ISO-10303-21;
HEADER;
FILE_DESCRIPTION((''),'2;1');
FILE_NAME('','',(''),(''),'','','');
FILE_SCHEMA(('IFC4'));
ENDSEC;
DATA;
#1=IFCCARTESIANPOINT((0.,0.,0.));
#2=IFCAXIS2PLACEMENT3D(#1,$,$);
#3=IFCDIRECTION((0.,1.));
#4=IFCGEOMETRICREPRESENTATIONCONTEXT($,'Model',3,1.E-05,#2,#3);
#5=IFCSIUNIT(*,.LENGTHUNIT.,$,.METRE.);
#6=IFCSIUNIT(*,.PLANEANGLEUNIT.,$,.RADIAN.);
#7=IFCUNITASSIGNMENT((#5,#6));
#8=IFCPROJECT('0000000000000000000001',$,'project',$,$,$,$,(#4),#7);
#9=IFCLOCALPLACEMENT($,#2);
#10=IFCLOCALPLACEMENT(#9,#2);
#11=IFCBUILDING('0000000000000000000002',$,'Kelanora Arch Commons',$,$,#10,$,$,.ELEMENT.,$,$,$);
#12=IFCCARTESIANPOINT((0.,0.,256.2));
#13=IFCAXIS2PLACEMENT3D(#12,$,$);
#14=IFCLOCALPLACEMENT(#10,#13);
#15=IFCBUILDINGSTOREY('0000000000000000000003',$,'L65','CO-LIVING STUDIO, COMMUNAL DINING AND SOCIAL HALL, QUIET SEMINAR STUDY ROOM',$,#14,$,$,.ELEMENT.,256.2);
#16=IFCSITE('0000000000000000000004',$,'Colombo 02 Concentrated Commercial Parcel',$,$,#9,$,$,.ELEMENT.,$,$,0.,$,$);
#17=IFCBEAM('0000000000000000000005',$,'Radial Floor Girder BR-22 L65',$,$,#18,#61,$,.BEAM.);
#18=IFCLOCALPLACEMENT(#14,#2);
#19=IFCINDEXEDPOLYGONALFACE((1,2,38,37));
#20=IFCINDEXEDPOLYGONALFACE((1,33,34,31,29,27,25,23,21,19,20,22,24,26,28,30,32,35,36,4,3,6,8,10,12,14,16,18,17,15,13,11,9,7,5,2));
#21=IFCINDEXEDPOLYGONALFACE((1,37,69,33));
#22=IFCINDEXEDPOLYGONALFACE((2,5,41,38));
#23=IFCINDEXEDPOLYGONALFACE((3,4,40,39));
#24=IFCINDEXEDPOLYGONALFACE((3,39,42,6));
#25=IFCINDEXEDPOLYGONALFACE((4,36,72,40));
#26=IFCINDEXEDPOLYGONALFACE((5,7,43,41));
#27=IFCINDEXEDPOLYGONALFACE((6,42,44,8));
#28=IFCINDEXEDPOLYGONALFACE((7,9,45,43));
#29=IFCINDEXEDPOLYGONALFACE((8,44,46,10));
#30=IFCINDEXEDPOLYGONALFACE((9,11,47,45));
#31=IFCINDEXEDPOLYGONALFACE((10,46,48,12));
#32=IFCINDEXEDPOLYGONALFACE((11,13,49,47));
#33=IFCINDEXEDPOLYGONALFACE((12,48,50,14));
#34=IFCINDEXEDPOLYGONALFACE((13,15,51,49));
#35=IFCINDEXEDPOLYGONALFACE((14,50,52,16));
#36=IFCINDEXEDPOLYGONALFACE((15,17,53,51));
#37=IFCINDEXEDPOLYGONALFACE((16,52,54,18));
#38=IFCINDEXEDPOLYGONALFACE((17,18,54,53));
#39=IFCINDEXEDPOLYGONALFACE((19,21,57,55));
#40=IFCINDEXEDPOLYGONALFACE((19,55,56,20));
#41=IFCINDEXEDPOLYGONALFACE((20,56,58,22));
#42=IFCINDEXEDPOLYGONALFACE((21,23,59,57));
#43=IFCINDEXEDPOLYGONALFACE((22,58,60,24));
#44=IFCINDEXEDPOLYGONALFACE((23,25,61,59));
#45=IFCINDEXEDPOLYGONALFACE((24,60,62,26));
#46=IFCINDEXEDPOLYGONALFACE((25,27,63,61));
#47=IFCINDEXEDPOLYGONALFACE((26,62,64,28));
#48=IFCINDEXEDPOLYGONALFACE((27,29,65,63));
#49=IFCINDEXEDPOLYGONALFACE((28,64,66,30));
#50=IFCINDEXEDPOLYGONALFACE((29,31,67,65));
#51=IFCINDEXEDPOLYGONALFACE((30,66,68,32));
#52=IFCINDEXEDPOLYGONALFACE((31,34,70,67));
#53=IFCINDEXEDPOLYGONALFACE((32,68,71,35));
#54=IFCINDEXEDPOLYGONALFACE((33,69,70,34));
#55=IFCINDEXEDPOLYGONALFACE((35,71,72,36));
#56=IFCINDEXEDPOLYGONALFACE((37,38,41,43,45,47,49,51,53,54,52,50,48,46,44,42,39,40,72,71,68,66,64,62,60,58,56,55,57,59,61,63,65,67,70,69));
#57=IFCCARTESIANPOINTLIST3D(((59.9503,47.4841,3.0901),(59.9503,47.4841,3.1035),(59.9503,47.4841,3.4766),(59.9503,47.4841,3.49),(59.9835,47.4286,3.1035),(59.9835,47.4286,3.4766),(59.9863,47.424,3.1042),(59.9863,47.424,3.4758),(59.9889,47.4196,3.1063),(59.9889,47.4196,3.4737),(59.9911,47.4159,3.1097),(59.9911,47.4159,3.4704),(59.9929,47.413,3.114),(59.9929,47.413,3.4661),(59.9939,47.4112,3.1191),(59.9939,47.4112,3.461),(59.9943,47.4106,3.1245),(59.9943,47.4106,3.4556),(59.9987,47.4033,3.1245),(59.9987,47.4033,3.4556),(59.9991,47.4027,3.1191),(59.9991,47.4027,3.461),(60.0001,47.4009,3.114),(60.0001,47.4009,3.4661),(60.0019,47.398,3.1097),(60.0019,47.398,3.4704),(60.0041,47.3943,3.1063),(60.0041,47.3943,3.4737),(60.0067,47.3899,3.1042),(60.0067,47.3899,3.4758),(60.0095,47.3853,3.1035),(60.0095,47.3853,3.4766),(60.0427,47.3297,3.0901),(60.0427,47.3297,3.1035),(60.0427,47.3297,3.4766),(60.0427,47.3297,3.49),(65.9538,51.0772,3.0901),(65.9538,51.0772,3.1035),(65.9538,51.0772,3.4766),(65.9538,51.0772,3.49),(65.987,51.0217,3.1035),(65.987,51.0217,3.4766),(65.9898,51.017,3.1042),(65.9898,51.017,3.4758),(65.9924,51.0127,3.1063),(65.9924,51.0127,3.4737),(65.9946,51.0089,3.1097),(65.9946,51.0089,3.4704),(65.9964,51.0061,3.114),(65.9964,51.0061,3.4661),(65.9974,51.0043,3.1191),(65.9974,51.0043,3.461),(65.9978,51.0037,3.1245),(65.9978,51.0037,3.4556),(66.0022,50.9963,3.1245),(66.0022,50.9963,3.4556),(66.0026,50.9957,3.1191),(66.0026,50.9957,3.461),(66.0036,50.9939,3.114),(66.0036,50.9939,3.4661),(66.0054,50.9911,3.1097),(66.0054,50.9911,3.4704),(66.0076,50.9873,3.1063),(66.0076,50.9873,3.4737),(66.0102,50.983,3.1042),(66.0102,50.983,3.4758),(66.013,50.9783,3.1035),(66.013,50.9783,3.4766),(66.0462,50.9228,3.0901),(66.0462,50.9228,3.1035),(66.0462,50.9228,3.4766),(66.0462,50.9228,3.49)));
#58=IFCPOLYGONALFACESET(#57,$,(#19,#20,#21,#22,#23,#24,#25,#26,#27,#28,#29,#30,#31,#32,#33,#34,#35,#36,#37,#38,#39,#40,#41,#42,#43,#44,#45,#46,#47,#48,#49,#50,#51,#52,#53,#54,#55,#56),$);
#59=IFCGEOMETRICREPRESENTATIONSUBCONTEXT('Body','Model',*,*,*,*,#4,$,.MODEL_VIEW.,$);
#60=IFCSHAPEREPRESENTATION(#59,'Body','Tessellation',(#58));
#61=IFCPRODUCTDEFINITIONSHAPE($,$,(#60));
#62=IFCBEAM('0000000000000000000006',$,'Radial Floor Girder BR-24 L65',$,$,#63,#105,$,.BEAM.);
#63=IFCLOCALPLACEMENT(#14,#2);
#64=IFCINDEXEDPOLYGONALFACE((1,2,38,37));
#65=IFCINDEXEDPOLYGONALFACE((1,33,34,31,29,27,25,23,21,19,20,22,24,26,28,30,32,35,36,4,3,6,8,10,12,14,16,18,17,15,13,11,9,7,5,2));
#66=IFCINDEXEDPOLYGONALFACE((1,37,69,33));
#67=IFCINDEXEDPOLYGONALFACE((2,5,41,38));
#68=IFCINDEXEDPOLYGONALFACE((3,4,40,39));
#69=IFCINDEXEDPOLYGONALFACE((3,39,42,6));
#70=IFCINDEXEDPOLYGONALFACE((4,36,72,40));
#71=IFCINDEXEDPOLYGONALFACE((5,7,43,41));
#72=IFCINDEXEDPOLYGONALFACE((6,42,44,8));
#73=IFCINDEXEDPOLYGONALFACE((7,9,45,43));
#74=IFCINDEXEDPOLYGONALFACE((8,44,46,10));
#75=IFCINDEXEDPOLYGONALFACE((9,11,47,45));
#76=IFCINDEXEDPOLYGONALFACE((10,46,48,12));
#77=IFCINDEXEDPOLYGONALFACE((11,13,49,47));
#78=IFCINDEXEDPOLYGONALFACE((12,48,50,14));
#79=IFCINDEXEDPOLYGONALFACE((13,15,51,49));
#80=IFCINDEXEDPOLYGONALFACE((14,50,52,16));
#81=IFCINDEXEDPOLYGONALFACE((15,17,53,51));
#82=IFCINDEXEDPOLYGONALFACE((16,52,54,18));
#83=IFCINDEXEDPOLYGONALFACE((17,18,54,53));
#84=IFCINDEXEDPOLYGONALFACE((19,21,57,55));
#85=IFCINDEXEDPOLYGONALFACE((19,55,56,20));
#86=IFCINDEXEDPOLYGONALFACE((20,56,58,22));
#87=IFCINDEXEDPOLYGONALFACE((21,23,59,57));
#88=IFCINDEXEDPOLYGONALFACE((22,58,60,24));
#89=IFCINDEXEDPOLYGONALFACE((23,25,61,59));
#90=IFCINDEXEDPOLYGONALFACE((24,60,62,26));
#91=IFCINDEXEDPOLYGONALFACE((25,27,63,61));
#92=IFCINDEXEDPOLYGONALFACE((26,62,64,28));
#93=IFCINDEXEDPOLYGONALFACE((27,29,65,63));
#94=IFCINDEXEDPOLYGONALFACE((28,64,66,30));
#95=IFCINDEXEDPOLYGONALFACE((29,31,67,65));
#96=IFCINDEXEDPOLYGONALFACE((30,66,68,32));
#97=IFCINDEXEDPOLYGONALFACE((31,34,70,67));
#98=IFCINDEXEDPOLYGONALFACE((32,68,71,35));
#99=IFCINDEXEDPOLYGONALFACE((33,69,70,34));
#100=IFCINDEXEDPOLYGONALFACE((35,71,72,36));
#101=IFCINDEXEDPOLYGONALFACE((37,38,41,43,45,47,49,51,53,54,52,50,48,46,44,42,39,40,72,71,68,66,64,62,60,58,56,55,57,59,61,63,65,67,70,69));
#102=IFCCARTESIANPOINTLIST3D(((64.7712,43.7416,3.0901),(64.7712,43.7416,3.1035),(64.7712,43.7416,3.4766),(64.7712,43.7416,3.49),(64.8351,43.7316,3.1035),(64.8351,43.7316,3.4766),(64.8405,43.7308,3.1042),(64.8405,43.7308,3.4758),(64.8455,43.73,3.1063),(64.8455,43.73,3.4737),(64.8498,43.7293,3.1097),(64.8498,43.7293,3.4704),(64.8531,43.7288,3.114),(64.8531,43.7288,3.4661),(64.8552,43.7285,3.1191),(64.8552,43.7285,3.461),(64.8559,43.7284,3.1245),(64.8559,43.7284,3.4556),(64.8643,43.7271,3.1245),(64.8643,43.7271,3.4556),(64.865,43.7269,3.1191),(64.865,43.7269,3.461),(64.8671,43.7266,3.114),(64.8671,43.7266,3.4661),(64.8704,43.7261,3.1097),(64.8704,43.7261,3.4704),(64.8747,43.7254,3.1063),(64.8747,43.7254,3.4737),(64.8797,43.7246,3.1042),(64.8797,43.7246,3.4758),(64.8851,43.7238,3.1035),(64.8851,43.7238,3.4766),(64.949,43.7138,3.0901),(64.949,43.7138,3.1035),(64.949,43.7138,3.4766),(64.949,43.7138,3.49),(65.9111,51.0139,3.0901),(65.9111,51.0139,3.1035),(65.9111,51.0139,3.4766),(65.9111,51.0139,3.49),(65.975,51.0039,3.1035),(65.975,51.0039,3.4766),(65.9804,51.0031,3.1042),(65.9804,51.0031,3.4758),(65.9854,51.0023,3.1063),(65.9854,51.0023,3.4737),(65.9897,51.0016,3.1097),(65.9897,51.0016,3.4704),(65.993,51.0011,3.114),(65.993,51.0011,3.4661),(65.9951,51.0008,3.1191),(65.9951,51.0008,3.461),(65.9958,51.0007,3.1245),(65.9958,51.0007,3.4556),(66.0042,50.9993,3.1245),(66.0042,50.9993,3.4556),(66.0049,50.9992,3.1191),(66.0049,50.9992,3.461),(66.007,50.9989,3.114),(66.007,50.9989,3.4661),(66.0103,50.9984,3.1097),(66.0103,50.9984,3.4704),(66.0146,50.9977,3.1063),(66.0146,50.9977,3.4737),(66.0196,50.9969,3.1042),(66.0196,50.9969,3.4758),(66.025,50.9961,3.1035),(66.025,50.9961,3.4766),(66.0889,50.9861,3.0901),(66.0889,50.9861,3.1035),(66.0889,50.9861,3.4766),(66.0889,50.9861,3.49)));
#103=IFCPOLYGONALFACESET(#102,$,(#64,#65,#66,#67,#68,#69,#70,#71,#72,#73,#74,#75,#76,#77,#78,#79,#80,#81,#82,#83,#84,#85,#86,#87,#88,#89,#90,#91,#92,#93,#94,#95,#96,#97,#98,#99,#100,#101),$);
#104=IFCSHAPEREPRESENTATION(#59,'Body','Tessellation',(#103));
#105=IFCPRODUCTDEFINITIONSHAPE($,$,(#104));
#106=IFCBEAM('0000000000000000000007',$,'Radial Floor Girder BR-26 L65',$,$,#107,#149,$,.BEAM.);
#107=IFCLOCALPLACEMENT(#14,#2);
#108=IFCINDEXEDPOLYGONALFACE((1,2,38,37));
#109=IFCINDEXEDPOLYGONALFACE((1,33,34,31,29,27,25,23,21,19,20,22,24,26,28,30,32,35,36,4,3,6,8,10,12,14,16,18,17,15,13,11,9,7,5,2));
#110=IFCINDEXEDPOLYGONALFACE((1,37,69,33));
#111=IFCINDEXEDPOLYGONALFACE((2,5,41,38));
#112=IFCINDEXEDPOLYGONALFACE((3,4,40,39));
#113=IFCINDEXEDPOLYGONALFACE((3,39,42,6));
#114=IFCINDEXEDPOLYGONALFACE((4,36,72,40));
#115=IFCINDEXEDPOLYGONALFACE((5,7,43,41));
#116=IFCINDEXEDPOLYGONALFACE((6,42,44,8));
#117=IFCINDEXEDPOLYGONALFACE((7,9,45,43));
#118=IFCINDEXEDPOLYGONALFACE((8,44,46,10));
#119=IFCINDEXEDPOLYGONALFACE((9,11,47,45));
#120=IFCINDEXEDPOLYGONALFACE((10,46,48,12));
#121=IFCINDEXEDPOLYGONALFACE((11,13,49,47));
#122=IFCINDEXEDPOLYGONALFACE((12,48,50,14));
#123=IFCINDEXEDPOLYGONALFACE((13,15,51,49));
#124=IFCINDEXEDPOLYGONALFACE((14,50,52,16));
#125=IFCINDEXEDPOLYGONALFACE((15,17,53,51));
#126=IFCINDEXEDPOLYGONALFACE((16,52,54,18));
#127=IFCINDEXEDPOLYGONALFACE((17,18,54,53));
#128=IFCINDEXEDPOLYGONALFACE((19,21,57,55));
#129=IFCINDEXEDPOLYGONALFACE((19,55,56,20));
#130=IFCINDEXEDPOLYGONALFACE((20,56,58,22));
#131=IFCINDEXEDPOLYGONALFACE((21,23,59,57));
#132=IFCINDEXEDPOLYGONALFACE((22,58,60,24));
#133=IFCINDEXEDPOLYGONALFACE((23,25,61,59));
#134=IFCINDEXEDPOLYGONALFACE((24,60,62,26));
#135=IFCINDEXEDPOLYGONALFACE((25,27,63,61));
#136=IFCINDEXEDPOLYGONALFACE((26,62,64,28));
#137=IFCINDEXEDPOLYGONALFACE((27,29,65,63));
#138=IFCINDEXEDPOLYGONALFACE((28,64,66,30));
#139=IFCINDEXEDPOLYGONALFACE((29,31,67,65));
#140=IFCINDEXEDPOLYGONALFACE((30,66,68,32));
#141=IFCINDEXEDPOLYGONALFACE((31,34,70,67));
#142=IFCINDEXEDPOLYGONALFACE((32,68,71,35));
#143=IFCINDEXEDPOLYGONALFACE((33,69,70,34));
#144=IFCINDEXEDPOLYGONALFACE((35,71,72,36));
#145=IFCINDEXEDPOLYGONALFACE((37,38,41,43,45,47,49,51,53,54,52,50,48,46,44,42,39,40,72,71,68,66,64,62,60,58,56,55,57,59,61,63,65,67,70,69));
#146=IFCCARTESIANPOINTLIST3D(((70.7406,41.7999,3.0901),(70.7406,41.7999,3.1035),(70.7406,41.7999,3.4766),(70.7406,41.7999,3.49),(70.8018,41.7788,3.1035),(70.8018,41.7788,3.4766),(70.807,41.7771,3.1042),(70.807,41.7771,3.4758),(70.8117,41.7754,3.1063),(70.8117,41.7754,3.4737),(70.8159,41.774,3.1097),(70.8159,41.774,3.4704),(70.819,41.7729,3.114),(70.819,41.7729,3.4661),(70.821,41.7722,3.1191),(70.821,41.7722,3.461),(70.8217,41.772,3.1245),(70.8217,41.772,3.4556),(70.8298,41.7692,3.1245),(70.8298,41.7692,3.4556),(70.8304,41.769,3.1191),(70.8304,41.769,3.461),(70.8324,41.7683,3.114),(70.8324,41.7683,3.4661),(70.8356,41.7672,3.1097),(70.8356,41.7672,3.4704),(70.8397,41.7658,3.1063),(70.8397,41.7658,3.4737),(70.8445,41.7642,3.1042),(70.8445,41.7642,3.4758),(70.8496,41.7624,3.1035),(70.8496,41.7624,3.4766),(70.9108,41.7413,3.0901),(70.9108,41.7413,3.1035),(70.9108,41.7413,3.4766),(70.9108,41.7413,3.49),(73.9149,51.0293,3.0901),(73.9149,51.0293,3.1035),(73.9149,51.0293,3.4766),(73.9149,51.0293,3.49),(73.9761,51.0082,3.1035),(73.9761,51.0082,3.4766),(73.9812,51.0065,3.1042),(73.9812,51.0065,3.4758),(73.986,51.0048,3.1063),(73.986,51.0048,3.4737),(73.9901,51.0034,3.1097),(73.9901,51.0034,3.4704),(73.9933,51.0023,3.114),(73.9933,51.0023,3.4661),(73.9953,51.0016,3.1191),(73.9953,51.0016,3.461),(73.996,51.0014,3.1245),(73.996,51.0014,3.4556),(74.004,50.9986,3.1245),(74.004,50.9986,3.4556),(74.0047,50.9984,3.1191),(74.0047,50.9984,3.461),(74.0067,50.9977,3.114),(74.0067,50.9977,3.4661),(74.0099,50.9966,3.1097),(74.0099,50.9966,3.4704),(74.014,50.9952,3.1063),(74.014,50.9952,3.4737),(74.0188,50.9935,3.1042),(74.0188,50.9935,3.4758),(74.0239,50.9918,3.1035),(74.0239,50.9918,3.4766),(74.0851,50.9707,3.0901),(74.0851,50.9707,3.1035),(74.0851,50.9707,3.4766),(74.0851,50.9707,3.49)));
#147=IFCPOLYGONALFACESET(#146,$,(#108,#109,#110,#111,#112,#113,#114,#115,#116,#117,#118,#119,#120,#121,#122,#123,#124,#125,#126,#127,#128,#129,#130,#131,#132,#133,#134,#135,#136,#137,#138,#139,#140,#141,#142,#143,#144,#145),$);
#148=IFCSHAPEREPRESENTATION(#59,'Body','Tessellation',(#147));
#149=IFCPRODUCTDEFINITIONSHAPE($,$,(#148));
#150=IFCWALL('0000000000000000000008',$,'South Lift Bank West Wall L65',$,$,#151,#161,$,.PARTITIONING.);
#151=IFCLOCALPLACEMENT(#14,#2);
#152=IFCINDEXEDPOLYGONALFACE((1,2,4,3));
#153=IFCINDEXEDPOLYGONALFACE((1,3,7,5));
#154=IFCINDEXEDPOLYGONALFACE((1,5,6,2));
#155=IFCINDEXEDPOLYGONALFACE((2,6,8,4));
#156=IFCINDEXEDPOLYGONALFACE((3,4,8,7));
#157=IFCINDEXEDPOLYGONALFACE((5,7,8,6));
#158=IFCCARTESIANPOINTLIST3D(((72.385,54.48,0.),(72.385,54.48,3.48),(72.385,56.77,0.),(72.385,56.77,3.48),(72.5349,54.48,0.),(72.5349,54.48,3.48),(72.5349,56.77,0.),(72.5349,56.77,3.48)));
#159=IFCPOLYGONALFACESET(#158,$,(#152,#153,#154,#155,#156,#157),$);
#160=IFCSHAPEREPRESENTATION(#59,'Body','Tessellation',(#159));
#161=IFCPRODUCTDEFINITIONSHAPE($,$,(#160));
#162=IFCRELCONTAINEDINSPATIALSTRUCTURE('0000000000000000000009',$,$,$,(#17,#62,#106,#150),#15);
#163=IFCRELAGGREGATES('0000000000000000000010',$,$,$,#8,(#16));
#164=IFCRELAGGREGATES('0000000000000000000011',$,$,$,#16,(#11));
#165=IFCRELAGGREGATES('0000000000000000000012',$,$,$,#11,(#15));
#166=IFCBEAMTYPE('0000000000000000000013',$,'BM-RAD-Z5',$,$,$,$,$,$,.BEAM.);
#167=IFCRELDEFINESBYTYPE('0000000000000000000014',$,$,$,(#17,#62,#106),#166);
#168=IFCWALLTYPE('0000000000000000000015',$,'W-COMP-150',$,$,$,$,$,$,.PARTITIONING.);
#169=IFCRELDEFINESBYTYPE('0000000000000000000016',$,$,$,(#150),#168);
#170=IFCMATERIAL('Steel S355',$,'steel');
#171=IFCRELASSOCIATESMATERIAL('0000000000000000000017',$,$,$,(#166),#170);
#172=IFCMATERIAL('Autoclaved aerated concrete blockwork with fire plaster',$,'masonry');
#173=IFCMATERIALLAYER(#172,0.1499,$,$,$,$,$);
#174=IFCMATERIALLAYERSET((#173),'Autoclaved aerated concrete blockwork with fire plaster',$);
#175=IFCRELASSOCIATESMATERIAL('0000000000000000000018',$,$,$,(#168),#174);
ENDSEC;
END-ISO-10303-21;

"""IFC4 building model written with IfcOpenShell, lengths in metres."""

from ifc_helpers import new_model, si_unit, direction, frame, frame_2d, origin, origin_2d, place, context, subcontext, project, spatial, rectangle, i_section, extrude, material, layer, layer_set, material_profile, profile_set, type_object, element, save


model = new_model("IFC4")

# Units and contexts
model_context = context("Model", 3, precision=1e-05, world=origin(), true_north=direction((0.0, 1.0)))
body_context = subcontext(model_context, "Body", "Model", "MODEL_VIEW")
ifc_project = project(units=[si_unit("LENGTHUNIT", "METRE"), si_unit("PLANEANGLEUNIT", "RADIAN")], contexts=[model_context])

# Site, building, storey
site_placement = place(None, origin())
site = spatial("IfcSite", under=ifc_project, at=site_placement, Name="Colombo 02 Concentrated Commercial Parcel", CompositionType="ELEMENT", RefElevation=0.0)
building_placement = place(site_placement, origin())
building = spatial("IfcBuilding", under=site, at=building_placement, Name="Kelanora Arch Commons", CompositionType="ELEMENT")
storey_placement = place(building_placement, frame((0.0, 0.0, 256.2)))
storey = spatial("IfcBuildingStorey", under=building, at=storey_placement, Name="L65", Description="CO-LIVING STUDIO, COMMUNAL DINING AND SOCIAL HALL, QUIET SEMINAR STUDY ROOM", CompositionType="ELEMENT", Elevation=256.2)

# Beams
ifc_material_1 = material(Name="Steel S355", Category="steel")
ifc_material_profile_1 = material_profile(ifc_material_1, i_section(OverallWidth=0.1799, OverallDepth=0.3999, WebThickness=0.0085, FlangeThickness=0.0134, FilletRadius=0.021, at=origin_2d()), Name="IPE400")
ifc_profile_set_1 = profile_set([ifc_material_profile_1], Name="Steel S355")
beam_type_1 = type_object("IfcBeamType", Name="BM-RAD-Z5", PredefinedType="BEAM", material=ifc_profile_set_1)
beam_1_placement = place(storey_placement, frame((66.0, 51.0, 3.29), z_axis=(-0.858062, -0.513546, 0.0), x_axis=(0.513546, -0.858062, 0.0)))
element("IfcBeam", 1, at=beam_1_placement, inside=storey, type_object=beam_type_1, Name="Radial Floor Girder BR-22 L65", PredefinedType="BEAM", context=body_context, shape_type="SweptSolid", body=[
    extrude(i_section(OverallWidth=0.1799, OverallDepth=0.3999, WebThickness=0.0085, FlangeThickness=0.0134, FilletRadius=0.021, at=origin_2d()), origin(), (0.0, 0.0, 1.0), 6.9966),
])
beam_2_placement = place(storey_placement, frame((66.0, 51.0, 3.29), z_axis=(-0.154855, -0.987937, 0.0), x_axis=(0.987937, -0.154855, 0.0)))
element("IfcBeam", 2, at=beam_2_placement, inside=storey, type_object=beam_type_1, Name="Radial Floor Girder BR-24 L65", PredefinedType="BEAM", context=body_context, shape_type="SweptSolid", body=[
    extrude(i_section(OverallWidth=0.1799, OverallDepth=0.3999, WebThickness=0.0085, FlangeThickness=0.0134, FilletRadius=0.021, at=origin_2d()), origin(), (0.0, 0.0, 1.0), 7.3611),
])
beam_3_placement = place(storey_placement, frame((74.0, 51.0, 3.29), z_axis=(-0.325234, -0.945634, 0.0), x_axis=(0.945634, -0.325234, 0.0)))
element("IfcBeam", 3, at=beam_3_placement, inside=storey, type_object=beam_type_1, Name="Radial Floor Girder BR-26 L65", PredefinedType="BEAM", context=body_context, shape_type="SweptSolid", body=[
    extrude(i_section(OverallWidth=0.1799, OverallDepth=0.3999, WebThickness=0.0085, FlangeThickness=0.0134, FilletRadius=0.021, at=origin_2d()), origin(), (0.0, 0.0, 1.0), 9.76),
])

# Wall
ifc_material_2 = material(Name="Autoclaved aerated concrete blockwork with fire plaster", Category="masonry")
ifc_layer_1 = layer(ifc_material_2, 0.1499)
ifc_layer_set_1 = layer_set([ifc_layer_1], Name="Autoclaved aerated concrete blockwork with fire plaster")
wall_type_1 = type_object("IfcWallType", Name="W-COMP-150", PredefinedType="PARTITIONING", material=ifc_layer_set_1)
wall_1_placement = place(storey_placement, frame((72.46, 54.48, 0.0), z_axis=(0.0, 0.0, 1.0), x_axis=(0.0, 1.0, 0.0)))
element("IfcWall", 4, at=wall_1_placement, inside=storey, type_object=wall_type_1, Name="South Lift Bank West Wall L65", PredefinedType="PARTITIONING", context=body_context, shape_type="SweptSolid", body=[
    extrude(rectangle(XDim=2.29, YDim=0.1499, at=frame_2d((1.145, 0.0))), origin(), (0.0, 0.0, 1.0), 3.48),
])

save(model, "model.ifc")
